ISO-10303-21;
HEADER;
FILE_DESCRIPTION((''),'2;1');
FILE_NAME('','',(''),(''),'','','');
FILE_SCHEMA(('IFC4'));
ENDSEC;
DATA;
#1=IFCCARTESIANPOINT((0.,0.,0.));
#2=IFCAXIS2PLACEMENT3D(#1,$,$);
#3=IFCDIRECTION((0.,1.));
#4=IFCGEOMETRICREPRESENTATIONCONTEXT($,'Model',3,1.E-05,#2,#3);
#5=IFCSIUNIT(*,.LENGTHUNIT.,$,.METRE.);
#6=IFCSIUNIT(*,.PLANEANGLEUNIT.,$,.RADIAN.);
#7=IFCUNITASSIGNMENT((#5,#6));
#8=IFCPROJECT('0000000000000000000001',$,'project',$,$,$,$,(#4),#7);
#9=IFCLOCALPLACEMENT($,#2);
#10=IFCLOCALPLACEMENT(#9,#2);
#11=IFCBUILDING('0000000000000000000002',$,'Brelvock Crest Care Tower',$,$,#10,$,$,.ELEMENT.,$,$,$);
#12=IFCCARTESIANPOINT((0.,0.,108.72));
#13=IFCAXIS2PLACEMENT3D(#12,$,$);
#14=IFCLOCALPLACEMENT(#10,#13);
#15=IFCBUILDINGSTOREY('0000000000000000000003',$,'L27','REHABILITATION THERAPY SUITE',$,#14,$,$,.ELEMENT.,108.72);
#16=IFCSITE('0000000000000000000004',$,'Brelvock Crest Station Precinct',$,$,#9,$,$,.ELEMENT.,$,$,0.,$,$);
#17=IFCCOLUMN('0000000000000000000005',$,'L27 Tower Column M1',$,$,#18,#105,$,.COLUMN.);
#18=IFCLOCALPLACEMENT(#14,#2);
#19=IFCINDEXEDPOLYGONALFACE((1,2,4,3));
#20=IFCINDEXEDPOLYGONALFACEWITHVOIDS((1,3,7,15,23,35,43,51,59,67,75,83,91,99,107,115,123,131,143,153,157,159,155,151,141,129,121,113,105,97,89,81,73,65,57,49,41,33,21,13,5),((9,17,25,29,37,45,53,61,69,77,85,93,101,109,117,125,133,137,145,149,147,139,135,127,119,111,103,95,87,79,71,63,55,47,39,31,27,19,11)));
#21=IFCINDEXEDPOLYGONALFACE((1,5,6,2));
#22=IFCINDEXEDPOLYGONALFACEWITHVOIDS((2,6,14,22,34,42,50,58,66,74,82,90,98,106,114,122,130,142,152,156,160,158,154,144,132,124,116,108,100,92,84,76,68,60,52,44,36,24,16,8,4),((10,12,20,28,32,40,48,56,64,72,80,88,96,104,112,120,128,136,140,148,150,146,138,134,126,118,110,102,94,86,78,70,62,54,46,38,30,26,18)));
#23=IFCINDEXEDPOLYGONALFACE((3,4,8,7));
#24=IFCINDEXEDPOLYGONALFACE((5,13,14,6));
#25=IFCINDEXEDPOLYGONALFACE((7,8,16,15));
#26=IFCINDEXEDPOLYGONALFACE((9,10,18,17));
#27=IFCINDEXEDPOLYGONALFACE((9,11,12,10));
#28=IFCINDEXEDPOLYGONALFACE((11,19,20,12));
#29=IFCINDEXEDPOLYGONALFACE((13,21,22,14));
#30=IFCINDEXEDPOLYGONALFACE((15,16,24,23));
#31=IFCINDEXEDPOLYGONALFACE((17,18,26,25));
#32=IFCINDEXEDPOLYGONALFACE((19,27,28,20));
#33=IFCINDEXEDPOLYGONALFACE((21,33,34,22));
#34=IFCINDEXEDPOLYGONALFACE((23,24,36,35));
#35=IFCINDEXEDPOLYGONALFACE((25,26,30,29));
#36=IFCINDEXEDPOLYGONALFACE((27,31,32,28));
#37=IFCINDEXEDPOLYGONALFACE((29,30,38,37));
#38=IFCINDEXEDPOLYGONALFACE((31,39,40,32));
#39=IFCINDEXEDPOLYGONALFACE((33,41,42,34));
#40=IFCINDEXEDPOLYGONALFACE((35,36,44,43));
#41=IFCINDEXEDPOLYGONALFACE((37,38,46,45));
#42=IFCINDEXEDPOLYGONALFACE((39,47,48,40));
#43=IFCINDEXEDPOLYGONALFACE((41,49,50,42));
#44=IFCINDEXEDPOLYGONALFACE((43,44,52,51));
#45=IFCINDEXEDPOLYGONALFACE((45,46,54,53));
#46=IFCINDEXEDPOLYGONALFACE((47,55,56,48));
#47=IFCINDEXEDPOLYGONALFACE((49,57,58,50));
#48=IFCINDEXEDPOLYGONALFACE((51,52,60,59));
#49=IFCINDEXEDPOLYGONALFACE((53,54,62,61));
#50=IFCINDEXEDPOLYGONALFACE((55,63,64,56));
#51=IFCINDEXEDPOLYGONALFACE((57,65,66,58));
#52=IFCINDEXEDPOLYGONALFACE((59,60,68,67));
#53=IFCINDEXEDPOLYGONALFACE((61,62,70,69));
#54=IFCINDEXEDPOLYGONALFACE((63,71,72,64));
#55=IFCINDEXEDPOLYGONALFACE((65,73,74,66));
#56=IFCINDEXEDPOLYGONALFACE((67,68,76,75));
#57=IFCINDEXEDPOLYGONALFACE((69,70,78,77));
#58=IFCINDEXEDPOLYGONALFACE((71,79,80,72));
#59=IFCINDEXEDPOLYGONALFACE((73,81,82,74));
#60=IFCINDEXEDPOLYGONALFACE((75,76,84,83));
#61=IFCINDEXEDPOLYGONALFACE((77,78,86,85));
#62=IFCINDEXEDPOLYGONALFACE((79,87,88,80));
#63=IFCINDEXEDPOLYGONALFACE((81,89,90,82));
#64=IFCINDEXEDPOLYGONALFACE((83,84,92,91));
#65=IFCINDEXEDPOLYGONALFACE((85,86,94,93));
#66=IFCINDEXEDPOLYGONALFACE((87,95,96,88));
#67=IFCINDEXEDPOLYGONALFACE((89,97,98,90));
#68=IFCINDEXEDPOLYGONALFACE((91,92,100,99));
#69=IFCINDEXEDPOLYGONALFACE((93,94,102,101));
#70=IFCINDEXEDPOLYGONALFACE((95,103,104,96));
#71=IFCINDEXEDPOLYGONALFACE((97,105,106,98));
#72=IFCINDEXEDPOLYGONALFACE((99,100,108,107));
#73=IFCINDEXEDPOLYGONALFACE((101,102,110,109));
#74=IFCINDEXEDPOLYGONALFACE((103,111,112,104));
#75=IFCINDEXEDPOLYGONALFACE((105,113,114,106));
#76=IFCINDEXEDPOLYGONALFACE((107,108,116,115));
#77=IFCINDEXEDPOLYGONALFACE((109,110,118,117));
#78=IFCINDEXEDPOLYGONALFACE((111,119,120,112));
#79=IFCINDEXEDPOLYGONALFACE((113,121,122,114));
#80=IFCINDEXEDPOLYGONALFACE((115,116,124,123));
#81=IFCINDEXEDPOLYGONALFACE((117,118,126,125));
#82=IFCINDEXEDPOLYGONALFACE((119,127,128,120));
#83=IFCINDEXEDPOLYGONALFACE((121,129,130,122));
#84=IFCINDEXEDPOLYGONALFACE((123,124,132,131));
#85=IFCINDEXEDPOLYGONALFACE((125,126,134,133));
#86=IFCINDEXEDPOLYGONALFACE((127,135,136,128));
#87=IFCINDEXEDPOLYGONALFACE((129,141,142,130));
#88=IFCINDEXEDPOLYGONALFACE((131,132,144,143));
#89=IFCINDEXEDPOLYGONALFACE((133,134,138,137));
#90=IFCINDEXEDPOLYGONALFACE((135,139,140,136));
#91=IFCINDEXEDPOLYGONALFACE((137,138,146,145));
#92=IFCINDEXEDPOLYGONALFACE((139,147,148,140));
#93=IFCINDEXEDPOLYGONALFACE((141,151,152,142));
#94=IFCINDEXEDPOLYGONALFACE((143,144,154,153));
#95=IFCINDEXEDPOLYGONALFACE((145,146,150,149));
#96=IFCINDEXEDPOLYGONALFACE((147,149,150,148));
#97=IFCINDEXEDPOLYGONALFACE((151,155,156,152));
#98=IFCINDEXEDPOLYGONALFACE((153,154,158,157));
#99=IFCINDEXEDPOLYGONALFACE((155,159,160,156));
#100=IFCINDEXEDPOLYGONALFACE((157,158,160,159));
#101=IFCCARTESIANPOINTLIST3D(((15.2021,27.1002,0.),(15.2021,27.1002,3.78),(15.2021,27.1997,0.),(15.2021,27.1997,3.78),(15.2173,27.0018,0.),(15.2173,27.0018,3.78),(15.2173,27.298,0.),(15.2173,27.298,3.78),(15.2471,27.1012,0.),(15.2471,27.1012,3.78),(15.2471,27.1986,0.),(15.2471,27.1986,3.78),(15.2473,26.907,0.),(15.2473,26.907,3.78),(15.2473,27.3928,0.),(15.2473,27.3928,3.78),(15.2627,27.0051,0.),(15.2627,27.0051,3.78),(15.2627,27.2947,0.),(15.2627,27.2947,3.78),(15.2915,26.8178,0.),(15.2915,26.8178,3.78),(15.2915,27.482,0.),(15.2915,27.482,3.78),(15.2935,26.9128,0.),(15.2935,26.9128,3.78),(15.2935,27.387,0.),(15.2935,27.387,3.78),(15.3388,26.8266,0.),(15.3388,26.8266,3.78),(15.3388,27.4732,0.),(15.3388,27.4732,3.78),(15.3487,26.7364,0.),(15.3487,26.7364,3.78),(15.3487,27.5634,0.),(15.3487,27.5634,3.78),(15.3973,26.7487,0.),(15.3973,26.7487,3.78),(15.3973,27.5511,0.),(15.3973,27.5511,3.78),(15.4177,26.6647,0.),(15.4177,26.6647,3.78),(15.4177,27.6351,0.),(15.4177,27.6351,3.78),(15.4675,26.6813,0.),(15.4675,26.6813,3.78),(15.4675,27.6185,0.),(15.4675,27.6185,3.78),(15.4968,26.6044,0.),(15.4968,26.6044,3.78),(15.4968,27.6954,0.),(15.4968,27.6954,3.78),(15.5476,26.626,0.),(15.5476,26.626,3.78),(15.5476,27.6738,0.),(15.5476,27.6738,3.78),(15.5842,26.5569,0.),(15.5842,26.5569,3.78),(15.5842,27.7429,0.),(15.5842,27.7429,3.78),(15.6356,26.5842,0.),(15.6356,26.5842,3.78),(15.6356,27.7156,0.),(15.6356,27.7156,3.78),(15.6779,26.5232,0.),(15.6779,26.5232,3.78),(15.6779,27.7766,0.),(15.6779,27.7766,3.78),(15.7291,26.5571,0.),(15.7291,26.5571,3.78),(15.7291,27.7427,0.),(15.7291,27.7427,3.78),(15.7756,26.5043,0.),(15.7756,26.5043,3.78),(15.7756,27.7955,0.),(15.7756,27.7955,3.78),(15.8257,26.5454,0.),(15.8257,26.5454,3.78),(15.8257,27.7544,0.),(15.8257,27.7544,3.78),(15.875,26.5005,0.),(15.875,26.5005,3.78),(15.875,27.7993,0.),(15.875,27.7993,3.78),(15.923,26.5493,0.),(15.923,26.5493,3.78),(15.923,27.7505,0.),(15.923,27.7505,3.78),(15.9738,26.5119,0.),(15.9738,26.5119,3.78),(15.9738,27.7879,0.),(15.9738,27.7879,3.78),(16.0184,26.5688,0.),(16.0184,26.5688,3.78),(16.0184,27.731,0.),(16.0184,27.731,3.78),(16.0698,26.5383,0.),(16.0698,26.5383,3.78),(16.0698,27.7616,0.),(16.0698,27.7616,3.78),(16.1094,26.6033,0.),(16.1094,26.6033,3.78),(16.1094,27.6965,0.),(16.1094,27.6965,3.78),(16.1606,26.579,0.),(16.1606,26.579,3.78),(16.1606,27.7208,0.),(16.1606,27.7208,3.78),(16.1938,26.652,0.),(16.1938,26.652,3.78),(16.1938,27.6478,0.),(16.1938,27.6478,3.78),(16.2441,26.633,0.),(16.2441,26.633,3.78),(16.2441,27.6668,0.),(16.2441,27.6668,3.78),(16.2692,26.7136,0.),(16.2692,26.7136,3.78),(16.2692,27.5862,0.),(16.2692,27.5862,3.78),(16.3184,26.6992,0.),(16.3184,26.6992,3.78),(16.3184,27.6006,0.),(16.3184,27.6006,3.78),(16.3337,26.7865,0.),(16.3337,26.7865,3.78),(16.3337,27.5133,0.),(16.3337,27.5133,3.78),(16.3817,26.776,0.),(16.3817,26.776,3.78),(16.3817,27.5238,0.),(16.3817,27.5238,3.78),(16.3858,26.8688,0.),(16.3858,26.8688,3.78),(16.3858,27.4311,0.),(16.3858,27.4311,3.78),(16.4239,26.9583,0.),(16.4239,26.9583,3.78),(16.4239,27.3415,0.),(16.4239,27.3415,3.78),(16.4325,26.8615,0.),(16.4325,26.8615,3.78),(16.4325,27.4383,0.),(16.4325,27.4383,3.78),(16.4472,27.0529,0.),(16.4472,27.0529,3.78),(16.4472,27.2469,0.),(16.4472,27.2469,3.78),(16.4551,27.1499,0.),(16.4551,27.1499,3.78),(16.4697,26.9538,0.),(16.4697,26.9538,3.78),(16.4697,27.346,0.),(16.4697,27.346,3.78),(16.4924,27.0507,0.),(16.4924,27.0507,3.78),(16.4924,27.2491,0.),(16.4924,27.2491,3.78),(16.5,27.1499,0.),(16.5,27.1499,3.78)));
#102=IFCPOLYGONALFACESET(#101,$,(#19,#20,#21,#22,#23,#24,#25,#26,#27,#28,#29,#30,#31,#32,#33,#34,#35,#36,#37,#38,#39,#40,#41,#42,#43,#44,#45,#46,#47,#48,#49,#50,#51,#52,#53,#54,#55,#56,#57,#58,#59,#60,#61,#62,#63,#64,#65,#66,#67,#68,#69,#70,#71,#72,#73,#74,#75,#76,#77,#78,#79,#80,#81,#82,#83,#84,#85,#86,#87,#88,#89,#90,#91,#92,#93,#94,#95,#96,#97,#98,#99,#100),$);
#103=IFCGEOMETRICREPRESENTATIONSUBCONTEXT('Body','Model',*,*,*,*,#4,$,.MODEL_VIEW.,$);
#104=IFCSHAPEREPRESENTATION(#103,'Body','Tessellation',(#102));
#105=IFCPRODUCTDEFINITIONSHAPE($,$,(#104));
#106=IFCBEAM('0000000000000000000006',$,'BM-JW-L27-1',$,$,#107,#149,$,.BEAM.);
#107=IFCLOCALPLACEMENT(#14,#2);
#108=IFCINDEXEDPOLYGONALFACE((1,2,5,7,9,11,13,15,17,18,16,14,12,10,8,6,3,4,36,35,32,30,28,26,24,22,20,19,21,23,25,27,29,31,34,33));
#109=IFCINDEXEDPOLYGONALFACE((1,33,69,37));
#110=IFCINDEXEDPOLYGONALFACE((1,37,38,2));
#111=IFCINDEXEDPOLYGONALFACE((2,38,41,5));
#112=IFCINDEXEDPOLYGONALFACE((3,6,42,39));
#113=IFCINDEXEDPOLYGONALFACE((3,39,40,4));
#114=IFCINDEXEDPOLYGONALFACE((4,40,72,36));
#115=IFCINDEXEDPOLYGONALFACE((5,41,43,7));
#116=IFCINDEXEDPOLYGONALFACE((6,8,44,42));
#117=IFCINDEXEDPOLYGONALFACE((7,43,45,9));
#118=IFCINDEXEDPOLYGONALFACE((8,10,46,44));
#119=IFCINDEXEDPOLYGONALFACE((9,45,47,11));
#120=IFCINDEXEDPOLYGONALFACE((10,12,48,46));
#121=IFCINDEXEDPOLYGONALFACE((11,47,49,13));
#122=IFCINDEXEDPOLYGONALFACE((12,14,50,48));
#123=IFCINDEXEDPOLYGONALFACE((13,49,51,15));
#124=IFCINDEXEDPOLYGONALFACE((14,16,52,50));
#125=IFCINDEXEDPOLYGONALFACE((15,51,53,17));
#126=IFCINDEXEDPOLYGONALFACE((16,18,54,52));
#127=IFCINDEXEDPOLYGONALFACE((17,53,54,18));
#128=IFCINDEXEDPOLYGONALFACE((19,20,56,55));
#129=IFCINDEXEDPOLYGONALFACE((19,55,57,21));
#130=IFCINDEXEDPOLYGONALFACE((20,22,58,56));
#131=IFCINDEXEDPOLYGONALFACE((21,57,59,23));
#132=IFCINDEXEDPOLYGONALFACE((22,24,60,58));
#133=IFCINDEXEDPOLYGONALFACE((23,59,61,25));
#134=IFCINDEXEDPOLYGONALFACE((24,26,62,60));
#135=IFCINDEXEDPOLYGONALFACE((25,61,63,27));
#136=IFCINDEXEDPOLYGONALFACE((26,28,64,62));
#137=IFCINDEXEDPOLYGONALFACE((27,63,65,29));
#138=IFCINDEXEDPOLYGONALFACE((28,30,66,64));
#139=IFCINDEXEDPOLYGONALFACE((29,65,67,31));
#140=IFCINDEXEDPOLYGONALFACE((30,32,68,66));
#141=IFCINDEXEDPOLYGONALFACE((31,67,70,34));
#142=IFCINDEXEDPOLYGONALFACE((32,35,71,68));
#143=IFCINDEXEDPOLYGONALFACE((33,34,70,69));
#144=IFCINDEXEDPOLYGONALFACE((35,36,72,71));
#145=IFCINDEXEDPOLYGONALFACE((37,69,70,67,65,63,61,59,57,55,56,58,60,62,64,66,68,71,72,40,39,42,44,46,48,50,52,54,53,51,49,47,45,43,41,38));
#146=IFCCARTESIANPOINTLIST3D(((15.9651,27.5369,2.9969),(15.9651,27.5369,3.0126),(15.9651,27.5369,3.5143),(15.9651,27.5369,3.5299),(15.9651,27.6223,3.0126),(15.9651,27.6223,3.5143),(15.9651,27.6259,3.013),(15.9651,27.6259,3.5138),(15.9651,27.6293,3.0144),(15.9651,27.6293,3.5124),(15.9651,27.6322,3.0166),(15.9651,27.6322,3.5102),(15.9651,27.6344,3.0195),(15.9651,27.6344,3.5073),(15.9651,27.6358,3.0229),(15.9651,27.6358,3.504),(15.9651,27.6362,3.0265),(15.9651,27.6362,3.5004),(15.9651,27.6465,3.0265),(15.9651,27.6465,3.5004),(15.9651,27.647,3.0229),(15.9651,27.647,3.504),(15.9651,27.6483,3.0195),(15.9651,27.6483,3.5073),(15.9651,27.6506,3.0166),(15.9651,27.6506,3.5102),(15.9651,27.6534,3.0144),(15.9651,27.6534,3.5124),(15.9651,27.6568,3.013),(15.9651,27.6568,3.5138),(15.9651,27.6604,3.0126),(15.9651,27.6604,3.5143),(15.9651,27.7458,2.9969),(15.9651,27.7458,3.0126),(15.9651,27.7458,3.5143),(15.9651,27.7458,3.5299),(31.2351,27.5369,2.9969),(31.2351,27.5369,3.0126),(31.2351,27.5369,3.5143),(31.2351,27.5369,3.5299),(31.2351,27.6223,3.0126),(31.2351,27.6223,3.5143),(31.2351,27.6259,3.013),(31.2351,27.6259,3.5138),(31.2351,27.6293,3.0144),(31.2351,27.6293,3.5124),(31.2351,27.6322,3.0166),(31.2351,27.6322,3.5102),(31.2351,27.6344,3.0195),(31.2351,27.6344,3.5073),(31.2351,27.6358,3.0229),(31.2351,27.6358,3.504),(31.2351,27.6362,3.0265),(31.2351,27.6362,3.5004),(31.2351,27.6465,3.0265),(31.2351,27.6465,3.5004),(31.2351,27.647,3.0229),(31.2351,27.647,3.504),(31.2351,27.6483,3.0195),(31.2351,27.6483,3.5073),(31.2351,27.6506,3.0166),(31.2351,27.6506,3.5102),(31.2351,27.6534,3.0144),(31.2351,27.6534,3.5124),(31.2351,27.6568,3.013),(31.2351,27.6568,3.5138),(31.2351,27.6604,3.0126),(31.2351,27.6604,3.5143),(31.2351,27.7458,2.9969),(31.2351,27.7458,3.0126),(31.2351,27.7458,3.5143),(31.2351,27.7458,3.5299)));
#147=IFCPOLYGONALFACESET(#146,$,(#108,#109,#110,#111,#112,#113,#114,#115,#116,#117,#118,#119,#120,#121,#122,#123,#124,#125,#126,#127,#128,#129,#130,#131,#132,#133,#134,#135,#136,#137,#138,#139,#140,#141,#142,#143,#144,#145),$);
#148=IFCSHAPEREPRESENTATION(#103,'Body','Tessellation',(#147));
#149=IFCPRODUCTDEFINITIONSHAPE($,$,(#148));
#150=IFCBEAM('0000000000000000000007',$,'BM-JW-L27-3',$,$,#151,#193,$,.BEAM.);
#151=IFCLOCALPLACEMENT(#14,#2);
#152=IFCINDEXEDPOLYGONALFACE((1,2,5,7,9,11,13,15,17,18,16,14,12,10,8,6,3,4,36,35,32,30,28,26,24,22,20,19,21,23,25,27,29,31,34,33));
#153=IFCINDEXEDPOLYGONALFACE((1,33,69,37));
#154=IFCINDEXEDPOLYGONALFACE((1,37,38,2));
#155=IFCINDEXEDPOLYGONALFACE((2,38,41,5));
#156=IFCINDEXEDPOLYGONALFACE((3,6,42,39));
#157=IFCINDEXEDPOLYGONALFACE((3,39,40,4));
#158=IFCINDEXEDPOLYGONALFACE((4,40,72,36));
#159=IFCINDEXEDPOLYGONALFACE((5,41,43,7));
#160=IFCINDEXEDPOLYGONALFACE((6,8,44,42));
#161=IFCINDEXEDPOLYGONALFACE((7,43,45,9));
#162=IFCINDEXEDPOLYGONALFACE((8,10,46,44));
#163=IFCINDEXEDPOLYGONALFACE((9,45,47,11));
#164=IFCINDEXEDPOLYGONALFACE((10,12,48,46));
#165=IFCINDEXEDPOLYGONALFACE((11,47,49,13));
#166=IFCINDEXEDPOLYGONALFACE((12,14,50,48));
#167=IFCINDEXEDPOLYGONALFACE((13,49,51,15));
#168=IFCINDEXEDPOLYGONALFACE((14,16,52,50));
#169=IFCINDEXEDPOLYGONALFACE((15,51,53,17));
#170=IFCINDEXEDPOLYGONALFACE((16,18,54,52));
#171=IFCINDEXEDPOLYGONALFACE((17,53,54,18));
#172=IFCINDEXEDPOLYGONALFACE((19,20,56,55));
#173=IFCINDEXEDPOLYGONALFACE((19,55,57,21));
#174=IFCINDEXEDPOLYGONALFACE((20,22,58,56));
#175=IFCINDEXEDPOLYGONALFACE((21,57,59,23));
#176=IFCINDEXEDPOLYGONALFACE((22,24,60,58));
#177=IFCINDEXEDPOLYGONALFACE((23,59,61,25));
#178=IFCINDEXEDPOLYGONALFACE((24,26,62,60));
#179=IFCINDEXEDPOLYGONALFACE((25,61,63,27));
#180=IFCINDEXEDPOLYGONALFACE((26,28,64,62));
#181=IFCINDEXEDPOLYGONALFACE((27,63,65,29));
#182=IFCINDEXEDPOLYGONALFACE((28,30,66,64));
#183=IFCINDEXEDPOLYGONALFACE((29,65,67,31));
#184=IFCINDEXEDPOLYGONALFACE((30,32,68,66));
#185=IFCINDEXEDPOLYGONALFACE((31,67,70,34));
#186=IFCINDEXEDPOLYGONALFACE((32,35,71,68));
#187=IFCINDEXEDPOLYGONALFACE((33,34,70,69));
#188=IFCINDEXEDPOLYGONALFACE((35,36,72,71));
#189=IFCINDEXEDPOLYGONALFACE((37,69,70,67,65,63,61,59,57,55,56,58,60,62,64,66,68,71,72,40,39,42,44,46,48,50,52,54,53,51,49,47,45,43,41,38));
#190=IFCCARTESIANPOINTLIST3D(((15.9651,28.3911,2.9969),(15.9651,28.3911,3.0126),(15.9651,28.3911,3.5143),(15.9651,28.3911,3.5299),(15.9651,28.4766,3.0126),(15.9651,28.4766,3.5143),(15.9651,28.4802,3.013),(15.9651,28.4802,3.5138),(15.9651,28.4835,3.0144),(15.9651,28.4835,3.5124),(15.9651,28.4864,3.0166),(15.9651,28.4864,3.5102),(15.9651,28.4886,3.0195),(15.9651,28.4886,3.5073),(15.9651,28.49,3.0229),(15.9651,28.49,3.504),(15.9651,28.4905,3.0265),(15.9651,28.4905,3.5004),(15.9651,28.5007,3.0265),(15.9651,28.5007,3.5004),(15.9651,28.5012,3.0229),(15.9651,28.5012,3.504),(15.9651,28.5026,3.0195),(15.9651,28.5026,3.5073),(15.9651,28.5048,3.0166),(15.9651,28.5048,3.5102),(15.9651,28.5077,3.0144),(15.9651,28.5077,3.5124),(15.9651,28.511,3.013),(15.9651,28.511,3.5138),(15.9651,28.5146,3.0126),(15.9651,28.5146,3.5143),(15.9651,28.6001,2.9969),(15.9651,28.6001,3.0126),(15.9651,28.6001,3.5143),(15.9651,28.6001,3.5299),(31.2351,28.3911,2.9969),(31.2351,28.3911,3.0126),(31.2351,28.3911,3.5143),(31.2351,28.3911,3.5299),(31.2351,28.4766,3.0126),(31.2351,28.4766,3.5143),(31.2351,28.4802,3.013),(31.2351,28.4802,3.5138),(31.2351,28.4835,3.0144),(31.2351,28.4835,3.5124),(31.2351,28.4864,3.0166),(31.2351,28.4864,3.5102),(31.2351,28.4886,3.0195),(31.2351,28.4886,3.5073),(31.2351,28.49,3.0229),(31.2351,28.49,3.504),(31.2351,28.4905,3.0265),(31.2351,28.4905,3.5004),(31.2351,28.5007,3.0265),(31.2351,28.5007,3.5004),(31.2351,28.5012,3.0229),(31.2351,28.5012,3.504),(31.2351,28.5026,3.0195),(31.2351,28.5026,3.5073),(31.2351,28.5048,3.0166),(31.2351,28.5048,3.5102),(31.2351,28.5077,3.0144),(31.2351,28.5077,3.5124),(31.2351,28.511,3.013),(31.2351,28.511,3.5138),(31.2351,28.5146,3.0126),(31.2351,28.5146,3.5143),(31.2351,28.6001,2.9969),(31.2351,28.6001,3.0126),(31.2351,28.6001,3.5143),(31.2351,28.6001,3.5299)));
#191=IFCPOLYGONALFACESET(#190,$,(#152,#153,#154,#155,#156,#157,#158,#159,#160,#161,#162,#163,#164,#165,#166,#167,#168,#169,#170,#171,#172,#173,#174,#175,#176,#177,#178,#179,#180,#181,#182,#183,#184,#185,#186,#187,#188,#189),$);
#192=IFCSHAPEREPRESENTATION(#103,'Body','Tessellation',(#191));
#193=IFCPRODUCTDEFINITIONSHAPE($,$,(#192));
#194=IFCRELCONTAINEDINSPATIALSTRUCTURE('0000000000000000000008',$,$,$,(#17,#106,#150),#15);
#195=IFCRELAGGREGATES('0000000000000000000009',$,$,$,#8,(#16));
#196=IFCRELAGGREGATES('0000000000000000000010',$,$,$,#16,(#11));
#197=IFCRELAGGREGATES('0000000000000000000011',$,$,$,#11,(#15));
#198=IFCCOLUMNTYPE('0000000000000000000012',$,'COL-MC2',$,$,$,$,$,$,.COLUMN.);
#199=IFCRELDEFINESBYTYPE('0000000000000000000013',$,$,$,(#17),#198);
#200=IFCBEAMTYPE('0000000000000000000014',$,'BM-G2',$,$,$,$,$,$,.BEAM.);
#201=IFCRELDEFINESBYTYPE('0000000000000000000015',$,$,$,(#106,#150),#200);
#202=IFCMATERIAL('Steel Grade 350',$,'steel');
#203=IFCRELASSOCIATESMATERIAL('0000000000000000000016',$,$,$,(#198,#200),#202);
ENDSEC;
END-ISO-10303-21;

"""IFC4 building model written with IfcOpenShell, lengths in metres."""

from ifc_helpers import new_model, si_unit, direction, frame, origin, origin_2d, place, context, subcontext, project, spatial, hollow_circle, i_section, extrude, source, transform, mapped, material, material_profile, profile_set, type_object, element, save


model = new_model("IFC4")

# Units and contexts
model_context = context("Model", 3, precision=1e-05, world=origin(), true_north=direction((0.0, 1.0)))
body_context = subcontext(model_context, "Body", "Model", "MODEL_VIEW")
ifc_project = project(units=[si_unit("LENGTHUNIT", "METRE"), si_unit("PLANEANGLEUNIT", "RADIAN")], contexts=[model_context])

# Site, building, storey
site_placement = place(None, origin())
site = spatial("IfcSite", under=ifc_project, at=site_placement, Name="Brelvock Crest Station Precinct", CompositionType="ELEMENT", RefElevation=0.0)
building_placement = place(site_placement, origin())
building = spatial("IfcBuilding", under=site, at=building_placement, Name="Brelvock Crest Care Tower", CompositionType="ELEMENT")
storey_placement = place(building_placement, frame((0.0, 0.0, 108.72)))
storey = spatial("IfcBuildingStorey", under=building, at=storey_placement, Name="L27", Description="REHABILITATION THERAPY SUITE", CompositionType="ELEMENT", Elevation=108.72)

# Column
ifc_material_1 = material(Name="Steel Grade 350", Category="steel")
ifc_material_profile_1 = material_profile(ifc_material_1, hollow_circle(Radius=0.6499, WallThickness=0.0449, at=origin_2d()), Name="CFT1300x45")
ifc_profile_set_1 = profile_set([ifc_material_profile_1], Name="Steel Grade 350")
column_type = type_object("IfcColumnType", Name="COL-MC2", PredefinedType="COLUMN", material=ifc_profile_set_1)
shared_shape_1 = source(origin(), body_context, "Body", "SweptSolid", [
    extrude(hollow_circle(Radius=0.6499, WallThickness=0.0449, at=origin_2d()), origin(), (0.0, 0.0, 1.0), 3.78),
])
column_placement = place(storey_placement, frame((15.8501, 27.1499, 0.0), z_axis=(0.0, 0.0, 1.0), x_axis=(1.0, 0.0, 0.0)))
element("IfcColumn", 1, at=column_placement, inside=storey, type_object=column_type, Name="L27 Tower Column M1", PredefinedType="COLUMN", context=body_context, shape_type="MappedRepresentation", body=[
    mapped(shared_shape_1, transform((0.0, 0.0, 0.0), x_axis=(1.0, 0.0, 0.0), y_axis=(0.0, 1.0, 0.0), z_axis=(0.0, 0.0, 1.0), scale=1.0)),
])

# Beams
ifc_material_profile_2 = material_profile(ifc_material_1, i_section(OverallWidth=0.209, OverallDepth=0.533, WebThickness=0.0103, FlangeThickness=0.0156, FilletRadius=0.0139, at=origin_2d()), Name="530UB92.4")
ifc_profile_set_2 = profile_set([ifc_material_profile_2], Name="Steel Grade 350")
beam_type_1 = type_object("IfcBeamType", Name="BM-G2", PredefinedType="BEAM", material=ifc_profile_set_2)
shared_shape_2 = source(origin(), body_context, "Body", "SweptSolid", [
    extrude(i_section(OverallWidth=0.209, OverallDepth=0.533, WebThickness=0.0103, FlangeThickness=0.0156, FilletRadius=0.0139, at=origin_2d()), origin(), (0.0, 0.0, 1.0), 15.27),
])
for number, where, z_axis, x_axis, name in (
    (2, (15.9651, 27.6414, 3.2634), (1.0, 0.0, 0.0), (0.0, 1.0, 0.0), "BM-JW-L27-1"),
    (3, (15.9651, 28.4956, 3.2634), (1.0, 0.0, 0.0), (0.0, 1.0, 0.0), "BM-JW-L27-3"),
):
    element("IfcBeam", number, at=place(storey_placement, frame(where, z_axis=z_axis, x_axis=x_axis)), inside=storey, type_object=beam_type_1, Name=name, PredefinedType="BEAM", context=body_context, shape_type="MappedRepresentation", body=[
        mapped(shared_shape_2, transform((0.0, 0.0, 0.0), x_axis=(1.0, 0.0, 0.0), y_axis=(0.0, 1.0, 0.0), z_axis=(0.0, 0.0, 1.0), scale=1.0)),
    ])

save(model, "model.ifc")
